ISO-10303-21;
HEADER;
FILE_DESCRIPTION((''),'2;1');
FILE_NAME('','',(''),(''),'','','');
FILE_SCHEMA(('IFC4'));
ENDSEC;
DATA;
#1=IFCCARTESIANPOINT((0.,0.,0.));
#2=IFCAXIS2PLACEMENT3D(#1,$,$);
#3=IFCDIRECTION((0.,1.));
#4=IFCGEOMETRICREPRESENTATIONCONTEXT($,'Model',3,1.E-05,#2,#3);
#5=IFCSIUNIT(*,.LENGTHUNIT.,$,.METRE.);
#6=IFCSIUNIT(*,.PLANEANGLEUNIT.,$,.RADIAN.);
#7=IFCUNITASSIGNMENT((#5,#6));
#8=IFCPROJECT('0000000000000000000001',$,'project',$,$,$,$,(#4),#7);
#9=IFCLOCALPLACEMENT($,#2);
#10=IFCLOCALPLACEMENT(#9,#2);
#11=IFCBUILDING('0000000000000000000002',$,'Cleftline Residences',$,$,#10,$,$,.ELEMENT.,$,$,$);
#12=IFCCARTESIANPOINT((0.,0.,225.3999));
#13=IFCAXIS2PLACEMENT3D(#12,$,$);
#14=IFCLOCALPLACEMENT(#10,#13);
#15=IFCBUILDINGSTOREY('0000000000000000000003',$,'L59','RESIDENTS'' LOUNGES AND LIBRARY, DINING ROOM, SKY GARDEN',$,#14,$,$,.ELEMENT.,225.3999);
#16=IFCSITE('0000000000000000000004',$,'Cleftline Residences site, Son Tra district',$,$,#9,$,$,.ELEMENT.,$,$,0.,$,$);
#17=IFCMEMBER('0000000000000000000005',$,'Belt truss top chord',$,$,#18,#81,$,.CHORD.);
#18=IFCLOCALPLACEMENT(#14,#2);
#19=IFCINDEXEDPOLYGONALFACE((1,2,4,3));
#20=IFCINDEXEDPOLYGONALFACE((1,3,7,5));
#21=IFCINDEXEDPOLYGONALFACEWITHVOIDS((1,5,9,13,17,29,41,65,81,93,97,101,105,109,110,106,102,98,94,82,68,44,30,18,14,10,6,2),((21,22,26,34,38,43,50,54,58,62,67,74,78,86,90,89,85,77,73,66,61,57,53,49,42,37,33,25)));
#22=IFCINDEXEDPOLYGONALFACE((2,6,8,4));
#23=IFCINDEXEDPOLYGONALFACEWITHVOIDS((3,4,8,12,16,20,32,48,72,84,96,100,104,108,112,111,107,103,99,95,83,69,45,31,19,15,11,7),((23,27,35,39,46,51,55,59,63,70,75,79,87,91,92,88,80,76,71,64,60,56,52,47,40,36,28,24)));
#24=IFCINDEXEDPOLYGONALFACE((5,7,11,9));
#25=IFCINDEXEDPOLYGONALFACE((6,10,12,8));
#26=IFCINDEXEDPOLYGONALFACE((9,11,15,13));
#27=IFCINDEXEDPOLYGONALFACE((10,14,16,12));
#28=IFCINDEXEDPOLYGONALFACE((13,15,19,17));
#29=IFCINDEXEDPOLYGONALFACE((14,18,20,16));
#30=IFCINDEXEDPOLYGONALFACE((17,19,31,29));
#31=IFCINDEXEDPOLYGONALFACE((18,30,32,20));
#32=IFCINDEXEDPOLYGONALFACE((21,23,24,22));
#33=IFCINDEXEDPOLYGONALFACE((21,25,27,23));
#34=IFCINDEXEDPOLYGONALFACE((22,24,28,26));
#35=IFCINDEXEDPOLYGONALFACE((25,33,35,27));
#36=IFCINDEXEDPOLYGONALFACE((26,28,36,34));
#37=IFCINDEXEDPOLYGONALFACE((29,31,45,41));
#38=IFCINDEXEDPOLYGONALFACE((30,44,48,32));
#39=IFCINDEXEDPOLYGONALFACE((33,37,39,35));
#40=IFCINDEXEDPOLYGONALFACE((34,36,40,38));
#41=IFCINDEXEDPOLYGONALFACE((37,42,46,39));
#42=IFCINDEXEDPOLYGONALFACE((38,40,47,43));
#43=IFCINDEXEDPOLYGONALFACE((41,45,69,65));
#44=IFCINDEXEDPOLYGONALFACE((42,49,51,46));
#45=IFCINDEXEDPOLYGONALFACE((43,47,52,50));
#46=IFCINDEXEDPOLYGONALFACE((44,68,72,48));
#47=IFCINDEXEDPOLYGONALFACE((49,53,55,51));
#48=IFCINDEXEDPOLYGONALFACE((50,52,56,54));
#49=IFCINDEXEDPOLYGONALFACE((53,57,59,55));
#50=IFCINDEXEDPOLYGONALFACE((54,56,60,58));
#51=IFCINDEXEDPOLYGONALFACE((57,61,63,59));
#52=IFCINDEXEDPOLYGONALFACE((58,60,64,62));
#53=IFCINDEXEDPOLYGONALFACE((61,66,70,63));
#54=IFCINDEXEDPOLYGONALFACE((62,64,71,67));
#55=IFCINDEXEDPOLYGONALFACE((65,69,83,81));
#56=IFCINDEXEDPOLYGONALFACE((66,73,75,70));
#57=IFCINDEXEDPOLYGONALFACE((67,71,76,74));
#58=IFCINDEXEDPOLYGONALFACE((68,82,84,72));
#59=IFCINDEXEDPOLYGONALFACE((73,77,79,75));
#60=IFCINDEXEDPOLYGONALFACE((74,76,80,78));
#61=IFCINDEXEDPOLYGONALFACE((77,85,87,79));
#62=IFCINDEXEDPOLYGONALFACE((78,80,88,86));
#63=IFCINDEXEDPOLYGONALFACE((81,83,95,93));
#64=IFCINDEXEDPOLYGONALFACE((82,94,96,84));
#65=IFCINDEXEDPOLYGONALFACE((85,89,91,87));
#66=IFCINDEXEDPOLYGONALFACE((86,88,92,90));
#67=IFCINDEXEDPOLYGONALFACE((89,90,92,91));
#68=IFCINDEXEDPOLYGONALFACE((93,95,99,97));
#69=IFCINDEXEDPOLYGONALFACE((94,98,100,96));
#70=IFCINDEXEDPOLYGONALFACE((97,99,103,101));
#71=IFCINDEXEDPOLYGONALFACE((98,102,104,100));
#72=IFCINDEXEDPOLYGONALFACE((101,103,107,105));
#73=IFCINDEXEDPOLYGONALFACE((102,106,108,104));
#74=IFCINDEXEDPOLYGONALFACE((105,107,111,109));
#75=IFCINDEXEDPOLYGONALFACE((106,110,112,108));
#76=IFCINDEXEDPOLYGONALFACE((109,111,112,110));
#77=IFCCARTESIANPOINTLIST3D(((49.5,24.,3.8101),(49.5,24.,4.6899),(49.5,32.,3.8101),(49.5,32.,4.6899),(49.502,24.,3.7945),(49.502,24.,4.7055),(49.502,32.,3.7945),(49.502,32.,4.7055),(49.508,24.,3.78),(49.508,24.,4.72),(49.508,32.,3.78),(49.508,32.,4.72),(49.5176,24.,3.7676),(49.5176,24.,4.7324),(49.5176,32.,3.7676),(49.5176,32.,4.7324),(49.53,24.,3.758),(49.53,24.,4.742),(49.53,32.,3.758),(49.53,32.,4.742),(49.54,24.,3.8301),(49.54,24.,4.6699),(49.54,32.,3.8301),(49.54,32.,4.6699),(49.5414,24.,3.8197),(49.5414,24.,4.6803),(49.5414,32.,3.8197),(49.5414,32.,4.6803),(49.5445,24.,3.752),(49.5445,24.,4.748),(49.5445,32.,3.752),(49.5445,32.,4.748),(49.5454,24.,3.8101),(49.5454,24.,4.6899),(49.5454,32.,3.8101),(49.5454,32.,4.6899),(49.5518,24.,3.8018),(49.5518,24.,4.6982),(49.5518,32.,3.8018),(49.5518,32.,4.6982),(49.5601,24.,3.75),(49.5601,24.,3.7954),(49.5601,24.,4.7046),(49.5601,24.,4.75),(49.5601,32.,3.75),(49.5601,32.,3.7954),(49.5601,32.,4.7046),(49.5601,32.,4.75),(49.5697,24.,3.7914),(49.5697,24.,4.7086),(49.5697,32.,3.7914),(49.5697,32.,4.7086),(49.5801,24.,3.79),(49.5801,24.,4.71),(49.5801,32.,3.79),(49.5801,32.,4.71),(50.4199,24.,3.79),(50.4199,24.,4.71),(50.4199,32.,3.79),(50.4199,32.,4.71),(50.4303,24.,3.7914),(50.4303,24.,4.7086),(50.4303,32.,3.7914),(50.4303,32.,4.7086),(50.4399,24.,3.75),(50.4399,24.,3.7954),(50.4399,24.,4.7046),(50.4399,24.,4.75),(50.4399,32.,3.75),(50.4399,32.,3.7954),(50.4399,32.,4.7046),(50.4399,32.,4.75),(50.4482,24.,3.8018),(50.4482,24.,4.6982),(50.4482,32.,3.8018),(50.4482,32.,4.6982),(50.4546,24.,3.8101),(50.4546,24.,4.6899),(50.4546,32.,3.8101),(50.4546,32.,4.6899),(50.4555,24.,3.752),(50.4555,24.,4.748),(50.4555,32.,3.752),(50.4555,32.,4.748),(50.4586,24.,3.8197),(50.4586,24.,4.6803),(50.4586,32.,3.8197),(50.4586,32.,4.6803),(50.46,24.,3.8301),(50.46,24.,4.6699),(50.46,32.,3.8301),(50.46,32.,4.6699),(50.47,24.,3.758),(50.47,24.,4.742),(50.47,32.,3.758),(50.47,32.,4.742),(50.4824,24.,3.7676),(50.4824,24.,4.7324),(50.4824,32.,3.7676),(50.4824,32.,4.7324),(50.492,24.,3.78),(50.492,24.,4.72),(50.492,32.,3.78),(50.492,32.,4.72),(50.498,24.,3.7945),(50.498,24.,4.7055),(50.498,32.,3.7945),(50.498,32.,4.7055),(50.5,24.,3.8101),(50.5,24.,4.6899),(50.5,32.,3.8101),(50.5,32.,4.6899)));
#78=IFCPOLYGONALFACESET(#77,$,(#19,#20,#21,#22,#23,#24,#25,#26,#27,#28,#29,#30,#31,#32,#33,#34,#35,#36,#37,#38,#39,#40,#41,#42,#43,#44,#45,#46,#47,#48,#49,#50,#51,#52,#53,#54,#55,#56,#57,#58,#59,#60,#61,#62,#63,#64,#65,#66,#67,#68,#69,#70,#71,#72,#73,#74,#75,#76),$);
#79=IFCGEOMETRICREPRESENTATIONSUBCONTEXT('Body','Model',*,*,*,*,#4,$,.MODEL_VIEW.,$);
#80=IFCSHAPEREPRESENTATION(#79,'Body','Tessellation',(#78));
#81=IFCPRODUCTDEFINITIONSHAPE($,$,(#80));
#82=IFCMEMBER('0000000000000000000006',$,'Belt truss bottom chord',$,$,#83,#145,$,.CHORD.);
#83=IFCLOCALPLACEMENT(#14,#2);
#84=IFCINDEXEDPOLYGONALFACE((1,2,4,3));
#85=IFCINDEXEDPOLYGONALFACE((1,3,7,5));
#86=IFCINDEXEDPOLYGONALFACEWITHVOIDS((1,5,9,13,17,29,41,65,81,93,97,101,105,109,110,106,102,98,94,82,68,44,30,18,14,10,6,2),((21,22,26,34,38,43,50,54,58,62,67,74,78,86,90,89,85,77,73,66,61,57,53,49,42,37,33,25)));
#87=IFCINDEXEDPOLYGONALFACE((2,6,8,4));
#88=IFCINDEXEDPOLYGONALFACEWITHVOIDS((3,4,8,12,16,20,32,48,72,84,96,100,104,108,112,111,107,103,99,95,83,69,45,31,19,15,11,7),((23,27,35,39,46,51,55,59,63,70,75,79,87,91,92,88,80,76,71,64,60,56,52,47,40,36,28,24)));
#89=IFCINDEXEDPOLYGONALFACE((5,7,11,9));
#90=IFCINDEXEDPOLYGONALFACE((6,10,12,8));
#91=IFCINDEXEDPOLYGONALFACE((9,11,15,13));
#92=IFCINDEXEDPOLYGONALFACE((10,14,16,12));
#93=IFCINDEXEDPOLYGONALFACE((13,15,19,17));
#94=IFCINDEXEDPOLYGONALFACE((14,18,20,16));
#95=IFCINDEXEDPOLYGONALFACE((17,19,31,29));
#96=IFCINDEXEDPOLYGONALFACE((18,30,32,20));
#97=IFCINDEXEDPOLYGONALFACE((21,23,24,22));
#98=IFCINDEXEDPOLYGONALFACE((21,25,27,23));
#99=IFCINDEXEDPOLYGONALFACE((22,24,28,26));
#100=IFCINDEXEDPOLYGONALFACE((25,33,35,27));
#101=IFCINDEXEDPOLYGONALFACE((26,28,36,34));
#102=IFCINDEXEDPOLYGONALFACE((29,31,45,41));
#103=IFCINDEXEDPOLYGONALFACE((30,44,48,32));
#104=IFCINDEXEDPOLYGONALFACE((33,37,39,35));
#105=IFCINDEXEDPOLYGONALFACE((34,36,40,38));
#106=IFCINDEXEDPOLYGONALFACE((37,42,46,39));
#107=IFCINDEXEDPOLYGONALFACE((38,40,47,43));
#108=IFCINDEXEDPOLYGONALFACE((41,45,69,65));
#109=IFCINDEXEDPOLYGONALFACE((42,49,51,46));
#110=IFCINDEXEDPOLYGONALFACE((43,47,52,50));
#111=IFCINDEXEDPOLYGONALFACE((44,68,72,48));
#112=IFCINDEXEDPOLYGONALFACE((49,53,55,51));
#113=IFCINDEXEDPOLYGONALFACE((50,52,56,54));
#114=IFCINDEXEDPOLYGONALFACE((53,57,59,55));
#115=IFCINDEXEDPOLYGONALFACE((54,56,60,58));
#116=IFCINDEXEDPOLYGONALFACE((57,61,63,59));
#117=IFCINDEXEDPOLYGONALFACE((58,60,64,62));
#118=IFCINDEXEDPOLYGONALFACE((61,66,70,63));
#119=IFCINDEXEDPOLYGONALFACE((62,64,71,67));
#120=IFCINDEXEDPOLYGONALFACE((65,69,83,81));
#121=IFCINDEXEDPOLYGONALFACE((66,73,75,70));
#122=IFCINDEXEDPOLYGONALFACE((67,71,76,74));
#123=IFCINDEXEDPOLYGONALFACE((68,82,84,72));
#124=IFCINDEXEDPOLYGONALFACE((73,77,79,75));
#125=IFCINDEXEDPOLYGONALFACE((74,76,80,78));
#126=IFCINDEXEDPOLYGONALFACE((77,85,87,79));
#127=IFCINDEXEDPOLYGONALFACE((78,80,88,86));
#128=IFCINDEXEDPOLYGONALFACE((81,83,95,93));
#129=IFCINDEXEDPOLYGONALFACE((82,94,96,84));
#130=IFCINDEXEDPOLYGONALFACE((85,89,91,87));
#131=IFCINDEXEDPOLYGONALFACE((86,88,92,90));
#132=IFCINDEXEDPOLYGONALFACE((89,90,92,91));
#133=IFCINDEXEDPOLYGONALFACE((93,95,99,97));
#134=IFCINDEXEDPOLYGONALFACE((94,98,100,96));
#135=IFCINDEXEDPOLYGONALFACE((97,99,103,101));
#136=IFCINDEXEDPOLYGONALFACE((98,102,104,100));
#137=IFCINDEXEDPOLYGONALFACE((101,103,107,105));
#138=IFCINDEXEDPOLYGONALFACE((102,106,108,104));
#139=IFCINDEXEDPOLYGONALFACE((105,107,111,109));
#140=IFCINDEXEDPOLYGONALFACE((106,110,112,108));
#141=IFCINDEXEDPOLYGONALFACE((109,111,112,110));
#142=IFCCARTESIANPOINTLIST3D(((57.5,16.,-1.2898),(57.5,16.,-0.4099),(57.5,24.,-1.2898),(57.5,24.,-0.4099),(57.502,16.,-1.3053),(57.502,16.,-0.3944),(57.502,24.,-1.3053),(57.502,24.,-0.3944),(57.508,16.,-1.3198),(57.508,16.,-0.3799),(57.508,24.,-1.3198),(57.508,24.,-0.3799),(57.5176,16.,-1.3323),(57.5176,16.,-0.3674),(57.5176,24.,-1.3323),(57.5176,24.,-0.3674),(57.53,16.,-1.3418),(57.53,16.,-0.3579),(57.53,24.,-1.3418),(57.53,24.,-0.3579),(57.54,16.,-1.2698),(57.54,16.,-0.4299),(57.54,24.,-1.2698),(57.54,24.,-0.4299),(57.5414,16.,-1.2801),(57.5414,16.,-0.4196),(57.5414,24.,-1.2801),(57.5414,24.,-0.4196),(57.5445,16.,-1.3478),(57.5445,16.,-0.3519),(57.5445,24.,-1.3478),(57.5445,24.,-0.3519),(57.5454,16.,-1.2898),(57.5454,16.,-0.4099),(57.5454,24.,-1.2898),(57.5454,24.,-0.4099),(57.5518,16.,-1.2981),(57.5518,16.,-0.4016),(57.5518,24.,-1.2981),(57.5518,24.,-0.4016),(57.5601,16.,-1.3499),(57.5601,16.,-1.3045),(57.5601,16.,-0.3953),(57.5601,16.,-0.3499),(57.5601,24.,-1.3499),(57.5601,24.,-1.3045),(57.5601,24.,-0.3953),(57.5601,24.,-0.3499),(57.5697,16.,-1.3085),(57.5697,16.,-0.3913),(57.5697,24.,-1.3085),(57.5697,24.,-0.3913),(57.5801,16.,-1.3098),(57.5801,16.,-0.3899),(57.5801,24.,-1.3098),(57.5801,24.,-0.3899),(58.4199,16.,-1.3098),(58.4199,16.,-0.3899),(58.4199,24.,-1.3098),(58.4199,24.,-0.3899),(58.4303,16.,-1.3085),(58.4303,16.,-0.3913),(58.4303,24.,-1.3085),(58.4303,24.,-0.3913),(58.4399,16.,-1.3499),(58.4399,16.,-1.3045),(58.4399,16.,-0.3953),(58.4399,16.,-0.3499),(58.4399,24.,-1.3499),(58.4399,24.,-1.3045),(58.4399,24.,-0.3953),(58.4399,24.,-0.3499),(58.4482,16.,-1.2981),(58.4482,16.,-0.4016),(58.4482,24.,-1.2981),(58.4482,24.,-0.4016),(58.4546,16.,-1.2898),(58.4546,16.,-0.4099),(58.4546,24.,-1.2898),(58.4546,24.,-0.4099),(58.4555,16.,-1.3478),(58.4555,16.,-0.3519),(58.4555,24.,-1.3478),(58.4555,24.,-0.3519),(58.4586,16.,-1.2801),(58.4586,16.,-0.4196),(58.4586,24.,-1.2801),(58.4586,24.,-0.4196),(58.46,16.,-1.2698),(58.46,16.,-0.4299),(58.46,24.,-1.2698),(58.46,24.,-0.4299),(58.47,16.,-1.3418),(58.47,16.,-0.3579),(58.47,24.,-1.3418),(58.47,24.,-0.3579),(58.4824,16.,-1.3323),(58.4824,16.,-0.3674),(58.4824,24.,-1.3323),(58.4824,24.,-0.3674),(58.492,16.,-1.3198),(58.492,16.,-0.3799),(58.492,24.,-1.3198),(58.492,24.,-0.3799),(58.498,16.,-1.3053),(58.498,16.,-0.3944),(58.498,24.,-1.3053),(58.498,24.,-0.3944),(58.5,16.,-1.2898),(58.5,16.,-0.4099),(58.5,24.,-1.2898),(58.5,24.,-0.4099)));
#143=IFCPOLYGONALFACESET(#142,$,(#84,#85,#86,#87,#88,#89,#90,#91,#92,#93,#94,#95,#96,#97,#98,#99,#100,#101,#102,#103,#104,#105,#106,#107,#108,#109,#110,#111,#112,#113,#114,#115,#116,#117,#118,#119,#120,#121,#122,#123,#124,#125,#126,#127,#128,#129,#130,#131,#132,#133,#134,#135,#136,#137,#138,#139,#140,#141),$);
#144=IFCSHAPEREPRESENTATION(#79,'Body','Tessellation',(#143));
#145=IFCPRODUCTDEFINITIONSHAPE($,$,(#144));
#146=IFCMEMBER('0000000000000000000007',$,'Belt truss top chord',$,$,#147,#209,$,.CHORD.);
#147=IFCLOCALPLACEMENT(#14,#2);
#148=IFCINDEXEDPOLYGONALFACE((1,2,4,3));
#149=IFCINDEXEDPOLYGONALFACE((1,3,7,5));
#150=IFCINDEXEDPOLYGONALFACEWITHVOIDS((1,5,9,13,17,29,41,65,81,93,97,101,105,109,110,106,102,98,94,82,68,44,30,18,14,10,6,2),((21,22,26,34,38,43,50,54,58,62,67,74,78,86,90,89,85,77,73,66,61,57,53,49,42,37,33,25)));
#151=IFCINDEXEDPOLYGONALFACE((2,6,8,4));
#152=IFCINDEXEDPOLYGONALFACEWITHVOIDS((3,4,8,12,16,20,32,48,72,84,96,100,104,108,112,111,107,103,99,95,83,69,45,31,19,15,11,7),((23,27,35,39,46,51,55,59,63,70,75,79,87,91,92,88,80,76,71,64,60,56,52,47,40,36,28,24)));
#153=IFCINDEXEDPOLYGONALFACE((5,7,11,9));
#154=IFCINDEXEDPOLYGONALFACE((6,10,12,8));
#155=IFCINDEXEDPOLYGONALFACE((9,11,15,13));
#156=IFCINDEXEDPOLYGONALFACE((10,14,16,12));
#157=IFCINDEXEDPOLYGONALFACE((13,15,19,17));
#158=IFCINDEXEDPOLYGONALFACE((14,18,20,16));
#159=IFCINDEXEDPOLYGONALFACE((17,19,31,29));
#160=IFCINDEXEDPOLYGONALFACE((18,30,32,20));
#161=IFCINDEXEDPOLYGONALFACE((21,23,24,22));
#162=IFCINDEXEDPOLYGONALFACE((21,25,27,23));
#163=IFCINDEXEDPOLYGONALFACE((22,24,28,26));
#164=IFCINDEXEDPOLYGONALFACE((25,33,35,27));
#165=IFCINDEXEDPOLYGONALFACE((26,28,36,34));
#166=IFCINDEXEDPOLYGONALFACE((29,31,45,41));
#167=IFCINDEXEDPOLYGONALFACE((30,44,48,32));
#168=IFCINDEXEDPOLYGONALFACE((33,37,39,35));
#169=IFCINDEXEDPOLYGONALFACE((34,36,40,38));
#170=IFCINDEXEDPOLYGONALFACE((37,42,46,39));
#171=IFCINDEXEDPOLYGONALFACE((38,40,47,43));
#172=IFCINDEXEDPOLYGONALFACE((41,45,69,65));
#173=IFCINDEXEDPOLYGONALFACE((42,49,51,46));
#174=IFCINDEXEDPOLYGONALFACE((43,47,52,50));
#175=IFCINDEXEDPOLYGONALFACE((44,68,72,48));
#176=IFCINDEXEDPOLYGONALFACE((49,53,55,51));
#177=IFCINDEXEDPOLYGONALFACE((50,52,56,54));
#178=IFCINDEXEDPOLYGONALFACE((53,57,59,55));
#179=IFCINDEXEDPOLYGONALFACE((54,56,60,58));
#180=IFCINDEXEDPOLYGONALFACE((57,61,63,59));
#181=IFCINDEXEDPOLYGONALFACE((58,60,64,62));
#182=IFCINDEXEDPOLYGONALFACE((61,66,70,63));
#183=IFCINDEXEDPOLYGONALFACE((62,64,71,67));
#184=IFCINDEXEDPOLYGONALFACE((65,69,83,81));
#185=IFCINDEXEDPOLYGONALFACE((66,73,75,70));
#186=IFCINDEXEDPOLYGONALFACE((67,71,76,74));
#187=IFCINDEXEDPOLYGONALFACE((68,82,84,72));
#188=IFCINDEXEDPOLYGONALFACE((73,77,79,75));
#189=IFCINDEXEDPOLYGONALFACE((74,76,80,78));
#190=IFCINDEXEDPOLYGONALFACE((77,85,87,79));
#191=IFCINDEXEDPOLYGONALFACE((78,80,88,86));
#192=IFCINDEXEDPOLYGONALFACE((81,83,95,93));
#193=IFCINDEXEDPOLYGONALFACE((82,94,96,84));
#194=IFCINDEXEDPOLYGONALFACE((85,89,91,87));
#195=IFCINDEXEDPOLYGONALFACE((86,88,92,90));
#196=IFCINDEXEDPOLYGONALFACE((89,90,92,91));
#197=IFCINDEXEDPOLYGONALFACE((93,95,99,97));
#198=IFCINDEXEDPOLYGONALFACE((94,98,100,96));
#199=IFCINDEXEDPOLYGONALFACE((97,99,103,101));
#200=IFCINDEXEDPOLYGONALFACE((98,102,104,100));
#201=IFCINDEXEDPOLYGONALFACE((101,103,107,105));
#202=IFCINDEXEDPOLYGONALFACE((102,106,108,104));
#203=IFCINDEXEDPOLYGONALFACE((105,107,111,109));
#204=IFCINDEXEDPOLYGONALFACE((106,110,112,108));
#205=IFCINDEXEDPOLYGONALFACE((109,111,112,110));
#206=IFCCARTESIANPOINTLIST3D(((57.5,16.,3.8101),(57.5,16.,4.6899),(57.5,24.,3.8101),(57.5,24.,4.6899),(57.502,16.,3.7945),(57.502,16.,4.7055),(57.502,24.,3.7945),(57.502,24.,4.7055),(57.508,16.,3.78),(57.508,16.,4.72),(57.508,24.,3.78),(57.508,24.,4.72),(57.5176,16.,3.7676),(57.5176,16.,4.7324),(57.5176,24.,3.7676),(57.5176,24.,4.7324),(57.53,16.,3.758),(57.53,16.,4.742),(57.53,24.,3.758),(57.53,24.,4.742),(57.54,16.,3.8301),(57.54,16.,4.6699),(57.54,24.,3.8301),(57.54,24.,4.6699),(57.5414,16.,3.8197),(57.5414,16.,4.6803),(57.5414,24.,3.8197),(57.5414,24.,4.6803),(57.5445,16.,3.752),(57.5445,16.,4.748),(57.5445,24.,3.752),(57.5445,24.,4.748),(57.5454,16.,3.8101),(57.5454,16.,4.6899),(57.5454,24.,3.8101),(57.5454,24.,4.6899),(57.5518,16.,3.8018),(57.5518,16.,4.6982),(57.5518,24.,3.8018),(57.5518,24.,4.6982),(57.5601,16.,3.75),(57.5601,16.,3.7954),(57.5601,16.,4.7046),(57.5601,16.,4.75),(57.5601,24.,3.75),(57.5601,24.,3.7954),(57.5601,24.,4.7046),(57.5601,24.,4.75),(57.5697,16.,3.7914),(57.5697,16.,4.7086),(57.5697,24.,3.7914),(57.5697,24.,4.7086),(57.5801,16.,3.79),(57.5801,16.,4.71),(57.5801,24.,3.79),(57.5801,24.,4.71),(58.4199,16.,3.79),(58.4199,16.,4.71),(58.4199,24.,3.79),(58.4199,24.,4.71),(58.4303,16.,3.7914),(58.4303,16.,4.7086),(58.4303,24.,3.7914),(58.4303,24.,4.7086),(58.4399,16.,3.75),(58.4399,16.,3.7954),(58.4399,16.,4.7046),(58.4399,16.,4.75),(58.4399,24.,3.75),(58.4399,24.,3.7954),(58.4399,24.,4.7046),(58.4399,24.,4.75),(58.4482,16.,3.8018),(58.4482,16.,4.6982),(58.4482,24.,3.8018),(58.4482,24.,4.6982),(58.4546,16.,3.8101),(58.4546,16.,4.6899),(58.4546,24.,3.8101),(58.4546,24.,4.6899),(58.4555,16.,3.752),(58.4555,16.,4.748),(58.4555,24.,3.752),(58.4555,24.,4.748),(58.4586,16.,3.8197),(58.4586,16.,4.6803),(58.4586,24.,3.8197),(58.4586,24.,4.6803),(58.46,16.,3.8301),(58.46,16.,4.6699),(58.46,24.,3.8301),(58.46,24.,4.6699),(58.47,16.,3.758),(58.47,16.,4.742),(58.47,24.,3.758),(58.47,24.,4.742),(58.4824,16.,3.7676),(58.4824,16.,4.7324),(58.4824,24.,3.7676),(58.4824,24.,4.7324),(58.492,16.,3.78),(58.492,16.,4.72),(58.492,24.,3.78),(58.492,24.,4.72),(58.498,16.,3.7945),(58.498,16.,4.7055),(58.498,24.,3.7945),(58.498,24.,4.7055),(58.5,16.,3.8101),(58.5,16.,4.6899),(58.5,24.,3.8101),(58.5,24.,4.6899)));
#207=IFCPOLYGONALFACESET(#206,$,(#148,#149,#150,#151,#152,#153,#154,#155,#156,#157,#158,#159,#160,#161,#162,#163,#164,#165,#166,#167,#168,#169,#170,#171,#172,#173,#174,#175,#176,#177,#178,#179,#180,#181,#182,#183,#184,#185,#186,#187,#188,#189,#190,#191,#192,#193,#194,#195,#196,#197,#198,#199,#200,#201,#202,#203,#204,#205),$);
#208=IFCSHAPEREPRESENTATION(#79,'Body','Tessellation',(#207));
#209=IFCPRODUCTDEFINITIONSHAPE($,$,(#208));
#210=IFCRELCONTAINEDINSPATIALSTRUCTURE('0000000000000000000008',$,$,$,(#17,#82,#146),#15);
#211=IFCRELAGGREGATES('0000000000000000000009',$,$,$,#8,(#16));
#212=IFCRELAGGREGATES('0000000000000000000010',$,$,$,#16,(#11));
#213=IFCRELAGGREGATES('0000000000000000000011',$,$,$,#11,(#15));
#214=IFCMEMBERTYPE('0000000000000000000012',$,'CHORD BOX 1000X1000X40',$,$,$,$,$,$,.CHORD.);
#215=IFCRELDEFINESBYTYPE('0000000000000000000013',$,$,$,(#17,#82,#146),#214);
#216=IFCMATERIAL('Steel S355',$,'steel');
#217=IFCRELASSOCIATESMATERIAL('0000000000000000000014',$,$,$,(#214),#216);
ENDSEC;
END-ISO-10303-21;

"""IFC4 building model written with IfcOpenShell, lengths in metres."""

from ifc_helpers import new_model, si_unit, direction, frame, origin, origin_2d, place, context, subcontext, project, spatial, hollow_rectangle, extrude, material, material_profile, profile_set, type_object, element, save


model = new_model("IFC4")

# Units and contexts
model_context = context("Model", 3, precision=1e-05, world=origin(), true_north=direction((0.0, 1.0)))
body_context = subcontext(model_context, "Body", "Model", "MODEL_VIEW")
ifc_project = project(units=[si_unit("LENGTHUNIT", "METRE"), si_unit("PLANEANGLEUNIT", "RADIAN")], contexts=[model_context])

# Site, building, storey
site_placement = place(None, origin())
site = spatial("IfcSite", under=ifc_project, at=site_placement, Name="Cleftline Residences site, Son Tra district", CompositionType="ELEMENT", RefElevation=0.0)
building_placement = place(site_placement, origin())
building = spatial("IfcBuilding", under=site, at=building_placement, Name="Cleftline Residences", CompositionType="ELEMENT")
storey_placement = place(building_placement, frame((0.0, 0.0, 225.3999)))
storey = spatial("IfcBuildingStorey", under=building, at=storey_placement, Name="L59", Description="RESIDENTS' LOUNGES AND LIBRARY, DINING ROOM, SKY GARDEN", CompositionType="ELEMENT", Elevation=225.3999)

# Members
ifc_material_1 = material(Name="Steel S355", Category="steel")
ifc_material_profile_1 = material_profile(ifc_material_1, hollow_rectangle(XDim=1.0, YDim=1.0, WallThickness=0.04, InnerFilletRadius=0.04, OuterFilletRadius=0.0601, at=origin_2d()))
ifc_profile_set_1 = profile_set([ifc_material_profile_1], Name="Steel S355")
member_type_1 = type_object("IfcMemberType", Name="CHORD BOX 1000X1000X40", PredefinedType="CHORD", material=ifc_profile_set_1)
for number, where, z_axis, x_axis, name in (
    (1, (50.0, 24.0, 4.25), (0.0, 1.0, 0.0), (-1.0, 0.0, 0.0), "Belt truss top chord"),
    (2, (58.0, 16.0, -0.8499), (0.0, 1.0, 0.0), (-1.0, 0.0, 0.0), "Belt truss bottom chord"),
    (3, (58.0, 16.0, 4.25), (0.0, 1.0, 0.0), (-1.0, 0.0, 0.0), "Belt truss top chord"),
):
    element("IfcMember", number, at=place(storey_placement, frame(where, z_axis=z_axis, x_axis=x_axis)), inside=storey, type_object=member_type_1, Name=name, PredefinedType="CHORD", context=body_context, shape_type="SweptSolid", body=[
        extrude(hollow_rectangle(XDim=1.0, YDim=1.0, WallThickness=0.04, InnerFilletRadius=0.04, OuterFilletRadius=0.0601, at=origin_2d()), origin(), (0.0, 0.0, 1.0), 8.0),
    ])

save(model, "model.ifc")
